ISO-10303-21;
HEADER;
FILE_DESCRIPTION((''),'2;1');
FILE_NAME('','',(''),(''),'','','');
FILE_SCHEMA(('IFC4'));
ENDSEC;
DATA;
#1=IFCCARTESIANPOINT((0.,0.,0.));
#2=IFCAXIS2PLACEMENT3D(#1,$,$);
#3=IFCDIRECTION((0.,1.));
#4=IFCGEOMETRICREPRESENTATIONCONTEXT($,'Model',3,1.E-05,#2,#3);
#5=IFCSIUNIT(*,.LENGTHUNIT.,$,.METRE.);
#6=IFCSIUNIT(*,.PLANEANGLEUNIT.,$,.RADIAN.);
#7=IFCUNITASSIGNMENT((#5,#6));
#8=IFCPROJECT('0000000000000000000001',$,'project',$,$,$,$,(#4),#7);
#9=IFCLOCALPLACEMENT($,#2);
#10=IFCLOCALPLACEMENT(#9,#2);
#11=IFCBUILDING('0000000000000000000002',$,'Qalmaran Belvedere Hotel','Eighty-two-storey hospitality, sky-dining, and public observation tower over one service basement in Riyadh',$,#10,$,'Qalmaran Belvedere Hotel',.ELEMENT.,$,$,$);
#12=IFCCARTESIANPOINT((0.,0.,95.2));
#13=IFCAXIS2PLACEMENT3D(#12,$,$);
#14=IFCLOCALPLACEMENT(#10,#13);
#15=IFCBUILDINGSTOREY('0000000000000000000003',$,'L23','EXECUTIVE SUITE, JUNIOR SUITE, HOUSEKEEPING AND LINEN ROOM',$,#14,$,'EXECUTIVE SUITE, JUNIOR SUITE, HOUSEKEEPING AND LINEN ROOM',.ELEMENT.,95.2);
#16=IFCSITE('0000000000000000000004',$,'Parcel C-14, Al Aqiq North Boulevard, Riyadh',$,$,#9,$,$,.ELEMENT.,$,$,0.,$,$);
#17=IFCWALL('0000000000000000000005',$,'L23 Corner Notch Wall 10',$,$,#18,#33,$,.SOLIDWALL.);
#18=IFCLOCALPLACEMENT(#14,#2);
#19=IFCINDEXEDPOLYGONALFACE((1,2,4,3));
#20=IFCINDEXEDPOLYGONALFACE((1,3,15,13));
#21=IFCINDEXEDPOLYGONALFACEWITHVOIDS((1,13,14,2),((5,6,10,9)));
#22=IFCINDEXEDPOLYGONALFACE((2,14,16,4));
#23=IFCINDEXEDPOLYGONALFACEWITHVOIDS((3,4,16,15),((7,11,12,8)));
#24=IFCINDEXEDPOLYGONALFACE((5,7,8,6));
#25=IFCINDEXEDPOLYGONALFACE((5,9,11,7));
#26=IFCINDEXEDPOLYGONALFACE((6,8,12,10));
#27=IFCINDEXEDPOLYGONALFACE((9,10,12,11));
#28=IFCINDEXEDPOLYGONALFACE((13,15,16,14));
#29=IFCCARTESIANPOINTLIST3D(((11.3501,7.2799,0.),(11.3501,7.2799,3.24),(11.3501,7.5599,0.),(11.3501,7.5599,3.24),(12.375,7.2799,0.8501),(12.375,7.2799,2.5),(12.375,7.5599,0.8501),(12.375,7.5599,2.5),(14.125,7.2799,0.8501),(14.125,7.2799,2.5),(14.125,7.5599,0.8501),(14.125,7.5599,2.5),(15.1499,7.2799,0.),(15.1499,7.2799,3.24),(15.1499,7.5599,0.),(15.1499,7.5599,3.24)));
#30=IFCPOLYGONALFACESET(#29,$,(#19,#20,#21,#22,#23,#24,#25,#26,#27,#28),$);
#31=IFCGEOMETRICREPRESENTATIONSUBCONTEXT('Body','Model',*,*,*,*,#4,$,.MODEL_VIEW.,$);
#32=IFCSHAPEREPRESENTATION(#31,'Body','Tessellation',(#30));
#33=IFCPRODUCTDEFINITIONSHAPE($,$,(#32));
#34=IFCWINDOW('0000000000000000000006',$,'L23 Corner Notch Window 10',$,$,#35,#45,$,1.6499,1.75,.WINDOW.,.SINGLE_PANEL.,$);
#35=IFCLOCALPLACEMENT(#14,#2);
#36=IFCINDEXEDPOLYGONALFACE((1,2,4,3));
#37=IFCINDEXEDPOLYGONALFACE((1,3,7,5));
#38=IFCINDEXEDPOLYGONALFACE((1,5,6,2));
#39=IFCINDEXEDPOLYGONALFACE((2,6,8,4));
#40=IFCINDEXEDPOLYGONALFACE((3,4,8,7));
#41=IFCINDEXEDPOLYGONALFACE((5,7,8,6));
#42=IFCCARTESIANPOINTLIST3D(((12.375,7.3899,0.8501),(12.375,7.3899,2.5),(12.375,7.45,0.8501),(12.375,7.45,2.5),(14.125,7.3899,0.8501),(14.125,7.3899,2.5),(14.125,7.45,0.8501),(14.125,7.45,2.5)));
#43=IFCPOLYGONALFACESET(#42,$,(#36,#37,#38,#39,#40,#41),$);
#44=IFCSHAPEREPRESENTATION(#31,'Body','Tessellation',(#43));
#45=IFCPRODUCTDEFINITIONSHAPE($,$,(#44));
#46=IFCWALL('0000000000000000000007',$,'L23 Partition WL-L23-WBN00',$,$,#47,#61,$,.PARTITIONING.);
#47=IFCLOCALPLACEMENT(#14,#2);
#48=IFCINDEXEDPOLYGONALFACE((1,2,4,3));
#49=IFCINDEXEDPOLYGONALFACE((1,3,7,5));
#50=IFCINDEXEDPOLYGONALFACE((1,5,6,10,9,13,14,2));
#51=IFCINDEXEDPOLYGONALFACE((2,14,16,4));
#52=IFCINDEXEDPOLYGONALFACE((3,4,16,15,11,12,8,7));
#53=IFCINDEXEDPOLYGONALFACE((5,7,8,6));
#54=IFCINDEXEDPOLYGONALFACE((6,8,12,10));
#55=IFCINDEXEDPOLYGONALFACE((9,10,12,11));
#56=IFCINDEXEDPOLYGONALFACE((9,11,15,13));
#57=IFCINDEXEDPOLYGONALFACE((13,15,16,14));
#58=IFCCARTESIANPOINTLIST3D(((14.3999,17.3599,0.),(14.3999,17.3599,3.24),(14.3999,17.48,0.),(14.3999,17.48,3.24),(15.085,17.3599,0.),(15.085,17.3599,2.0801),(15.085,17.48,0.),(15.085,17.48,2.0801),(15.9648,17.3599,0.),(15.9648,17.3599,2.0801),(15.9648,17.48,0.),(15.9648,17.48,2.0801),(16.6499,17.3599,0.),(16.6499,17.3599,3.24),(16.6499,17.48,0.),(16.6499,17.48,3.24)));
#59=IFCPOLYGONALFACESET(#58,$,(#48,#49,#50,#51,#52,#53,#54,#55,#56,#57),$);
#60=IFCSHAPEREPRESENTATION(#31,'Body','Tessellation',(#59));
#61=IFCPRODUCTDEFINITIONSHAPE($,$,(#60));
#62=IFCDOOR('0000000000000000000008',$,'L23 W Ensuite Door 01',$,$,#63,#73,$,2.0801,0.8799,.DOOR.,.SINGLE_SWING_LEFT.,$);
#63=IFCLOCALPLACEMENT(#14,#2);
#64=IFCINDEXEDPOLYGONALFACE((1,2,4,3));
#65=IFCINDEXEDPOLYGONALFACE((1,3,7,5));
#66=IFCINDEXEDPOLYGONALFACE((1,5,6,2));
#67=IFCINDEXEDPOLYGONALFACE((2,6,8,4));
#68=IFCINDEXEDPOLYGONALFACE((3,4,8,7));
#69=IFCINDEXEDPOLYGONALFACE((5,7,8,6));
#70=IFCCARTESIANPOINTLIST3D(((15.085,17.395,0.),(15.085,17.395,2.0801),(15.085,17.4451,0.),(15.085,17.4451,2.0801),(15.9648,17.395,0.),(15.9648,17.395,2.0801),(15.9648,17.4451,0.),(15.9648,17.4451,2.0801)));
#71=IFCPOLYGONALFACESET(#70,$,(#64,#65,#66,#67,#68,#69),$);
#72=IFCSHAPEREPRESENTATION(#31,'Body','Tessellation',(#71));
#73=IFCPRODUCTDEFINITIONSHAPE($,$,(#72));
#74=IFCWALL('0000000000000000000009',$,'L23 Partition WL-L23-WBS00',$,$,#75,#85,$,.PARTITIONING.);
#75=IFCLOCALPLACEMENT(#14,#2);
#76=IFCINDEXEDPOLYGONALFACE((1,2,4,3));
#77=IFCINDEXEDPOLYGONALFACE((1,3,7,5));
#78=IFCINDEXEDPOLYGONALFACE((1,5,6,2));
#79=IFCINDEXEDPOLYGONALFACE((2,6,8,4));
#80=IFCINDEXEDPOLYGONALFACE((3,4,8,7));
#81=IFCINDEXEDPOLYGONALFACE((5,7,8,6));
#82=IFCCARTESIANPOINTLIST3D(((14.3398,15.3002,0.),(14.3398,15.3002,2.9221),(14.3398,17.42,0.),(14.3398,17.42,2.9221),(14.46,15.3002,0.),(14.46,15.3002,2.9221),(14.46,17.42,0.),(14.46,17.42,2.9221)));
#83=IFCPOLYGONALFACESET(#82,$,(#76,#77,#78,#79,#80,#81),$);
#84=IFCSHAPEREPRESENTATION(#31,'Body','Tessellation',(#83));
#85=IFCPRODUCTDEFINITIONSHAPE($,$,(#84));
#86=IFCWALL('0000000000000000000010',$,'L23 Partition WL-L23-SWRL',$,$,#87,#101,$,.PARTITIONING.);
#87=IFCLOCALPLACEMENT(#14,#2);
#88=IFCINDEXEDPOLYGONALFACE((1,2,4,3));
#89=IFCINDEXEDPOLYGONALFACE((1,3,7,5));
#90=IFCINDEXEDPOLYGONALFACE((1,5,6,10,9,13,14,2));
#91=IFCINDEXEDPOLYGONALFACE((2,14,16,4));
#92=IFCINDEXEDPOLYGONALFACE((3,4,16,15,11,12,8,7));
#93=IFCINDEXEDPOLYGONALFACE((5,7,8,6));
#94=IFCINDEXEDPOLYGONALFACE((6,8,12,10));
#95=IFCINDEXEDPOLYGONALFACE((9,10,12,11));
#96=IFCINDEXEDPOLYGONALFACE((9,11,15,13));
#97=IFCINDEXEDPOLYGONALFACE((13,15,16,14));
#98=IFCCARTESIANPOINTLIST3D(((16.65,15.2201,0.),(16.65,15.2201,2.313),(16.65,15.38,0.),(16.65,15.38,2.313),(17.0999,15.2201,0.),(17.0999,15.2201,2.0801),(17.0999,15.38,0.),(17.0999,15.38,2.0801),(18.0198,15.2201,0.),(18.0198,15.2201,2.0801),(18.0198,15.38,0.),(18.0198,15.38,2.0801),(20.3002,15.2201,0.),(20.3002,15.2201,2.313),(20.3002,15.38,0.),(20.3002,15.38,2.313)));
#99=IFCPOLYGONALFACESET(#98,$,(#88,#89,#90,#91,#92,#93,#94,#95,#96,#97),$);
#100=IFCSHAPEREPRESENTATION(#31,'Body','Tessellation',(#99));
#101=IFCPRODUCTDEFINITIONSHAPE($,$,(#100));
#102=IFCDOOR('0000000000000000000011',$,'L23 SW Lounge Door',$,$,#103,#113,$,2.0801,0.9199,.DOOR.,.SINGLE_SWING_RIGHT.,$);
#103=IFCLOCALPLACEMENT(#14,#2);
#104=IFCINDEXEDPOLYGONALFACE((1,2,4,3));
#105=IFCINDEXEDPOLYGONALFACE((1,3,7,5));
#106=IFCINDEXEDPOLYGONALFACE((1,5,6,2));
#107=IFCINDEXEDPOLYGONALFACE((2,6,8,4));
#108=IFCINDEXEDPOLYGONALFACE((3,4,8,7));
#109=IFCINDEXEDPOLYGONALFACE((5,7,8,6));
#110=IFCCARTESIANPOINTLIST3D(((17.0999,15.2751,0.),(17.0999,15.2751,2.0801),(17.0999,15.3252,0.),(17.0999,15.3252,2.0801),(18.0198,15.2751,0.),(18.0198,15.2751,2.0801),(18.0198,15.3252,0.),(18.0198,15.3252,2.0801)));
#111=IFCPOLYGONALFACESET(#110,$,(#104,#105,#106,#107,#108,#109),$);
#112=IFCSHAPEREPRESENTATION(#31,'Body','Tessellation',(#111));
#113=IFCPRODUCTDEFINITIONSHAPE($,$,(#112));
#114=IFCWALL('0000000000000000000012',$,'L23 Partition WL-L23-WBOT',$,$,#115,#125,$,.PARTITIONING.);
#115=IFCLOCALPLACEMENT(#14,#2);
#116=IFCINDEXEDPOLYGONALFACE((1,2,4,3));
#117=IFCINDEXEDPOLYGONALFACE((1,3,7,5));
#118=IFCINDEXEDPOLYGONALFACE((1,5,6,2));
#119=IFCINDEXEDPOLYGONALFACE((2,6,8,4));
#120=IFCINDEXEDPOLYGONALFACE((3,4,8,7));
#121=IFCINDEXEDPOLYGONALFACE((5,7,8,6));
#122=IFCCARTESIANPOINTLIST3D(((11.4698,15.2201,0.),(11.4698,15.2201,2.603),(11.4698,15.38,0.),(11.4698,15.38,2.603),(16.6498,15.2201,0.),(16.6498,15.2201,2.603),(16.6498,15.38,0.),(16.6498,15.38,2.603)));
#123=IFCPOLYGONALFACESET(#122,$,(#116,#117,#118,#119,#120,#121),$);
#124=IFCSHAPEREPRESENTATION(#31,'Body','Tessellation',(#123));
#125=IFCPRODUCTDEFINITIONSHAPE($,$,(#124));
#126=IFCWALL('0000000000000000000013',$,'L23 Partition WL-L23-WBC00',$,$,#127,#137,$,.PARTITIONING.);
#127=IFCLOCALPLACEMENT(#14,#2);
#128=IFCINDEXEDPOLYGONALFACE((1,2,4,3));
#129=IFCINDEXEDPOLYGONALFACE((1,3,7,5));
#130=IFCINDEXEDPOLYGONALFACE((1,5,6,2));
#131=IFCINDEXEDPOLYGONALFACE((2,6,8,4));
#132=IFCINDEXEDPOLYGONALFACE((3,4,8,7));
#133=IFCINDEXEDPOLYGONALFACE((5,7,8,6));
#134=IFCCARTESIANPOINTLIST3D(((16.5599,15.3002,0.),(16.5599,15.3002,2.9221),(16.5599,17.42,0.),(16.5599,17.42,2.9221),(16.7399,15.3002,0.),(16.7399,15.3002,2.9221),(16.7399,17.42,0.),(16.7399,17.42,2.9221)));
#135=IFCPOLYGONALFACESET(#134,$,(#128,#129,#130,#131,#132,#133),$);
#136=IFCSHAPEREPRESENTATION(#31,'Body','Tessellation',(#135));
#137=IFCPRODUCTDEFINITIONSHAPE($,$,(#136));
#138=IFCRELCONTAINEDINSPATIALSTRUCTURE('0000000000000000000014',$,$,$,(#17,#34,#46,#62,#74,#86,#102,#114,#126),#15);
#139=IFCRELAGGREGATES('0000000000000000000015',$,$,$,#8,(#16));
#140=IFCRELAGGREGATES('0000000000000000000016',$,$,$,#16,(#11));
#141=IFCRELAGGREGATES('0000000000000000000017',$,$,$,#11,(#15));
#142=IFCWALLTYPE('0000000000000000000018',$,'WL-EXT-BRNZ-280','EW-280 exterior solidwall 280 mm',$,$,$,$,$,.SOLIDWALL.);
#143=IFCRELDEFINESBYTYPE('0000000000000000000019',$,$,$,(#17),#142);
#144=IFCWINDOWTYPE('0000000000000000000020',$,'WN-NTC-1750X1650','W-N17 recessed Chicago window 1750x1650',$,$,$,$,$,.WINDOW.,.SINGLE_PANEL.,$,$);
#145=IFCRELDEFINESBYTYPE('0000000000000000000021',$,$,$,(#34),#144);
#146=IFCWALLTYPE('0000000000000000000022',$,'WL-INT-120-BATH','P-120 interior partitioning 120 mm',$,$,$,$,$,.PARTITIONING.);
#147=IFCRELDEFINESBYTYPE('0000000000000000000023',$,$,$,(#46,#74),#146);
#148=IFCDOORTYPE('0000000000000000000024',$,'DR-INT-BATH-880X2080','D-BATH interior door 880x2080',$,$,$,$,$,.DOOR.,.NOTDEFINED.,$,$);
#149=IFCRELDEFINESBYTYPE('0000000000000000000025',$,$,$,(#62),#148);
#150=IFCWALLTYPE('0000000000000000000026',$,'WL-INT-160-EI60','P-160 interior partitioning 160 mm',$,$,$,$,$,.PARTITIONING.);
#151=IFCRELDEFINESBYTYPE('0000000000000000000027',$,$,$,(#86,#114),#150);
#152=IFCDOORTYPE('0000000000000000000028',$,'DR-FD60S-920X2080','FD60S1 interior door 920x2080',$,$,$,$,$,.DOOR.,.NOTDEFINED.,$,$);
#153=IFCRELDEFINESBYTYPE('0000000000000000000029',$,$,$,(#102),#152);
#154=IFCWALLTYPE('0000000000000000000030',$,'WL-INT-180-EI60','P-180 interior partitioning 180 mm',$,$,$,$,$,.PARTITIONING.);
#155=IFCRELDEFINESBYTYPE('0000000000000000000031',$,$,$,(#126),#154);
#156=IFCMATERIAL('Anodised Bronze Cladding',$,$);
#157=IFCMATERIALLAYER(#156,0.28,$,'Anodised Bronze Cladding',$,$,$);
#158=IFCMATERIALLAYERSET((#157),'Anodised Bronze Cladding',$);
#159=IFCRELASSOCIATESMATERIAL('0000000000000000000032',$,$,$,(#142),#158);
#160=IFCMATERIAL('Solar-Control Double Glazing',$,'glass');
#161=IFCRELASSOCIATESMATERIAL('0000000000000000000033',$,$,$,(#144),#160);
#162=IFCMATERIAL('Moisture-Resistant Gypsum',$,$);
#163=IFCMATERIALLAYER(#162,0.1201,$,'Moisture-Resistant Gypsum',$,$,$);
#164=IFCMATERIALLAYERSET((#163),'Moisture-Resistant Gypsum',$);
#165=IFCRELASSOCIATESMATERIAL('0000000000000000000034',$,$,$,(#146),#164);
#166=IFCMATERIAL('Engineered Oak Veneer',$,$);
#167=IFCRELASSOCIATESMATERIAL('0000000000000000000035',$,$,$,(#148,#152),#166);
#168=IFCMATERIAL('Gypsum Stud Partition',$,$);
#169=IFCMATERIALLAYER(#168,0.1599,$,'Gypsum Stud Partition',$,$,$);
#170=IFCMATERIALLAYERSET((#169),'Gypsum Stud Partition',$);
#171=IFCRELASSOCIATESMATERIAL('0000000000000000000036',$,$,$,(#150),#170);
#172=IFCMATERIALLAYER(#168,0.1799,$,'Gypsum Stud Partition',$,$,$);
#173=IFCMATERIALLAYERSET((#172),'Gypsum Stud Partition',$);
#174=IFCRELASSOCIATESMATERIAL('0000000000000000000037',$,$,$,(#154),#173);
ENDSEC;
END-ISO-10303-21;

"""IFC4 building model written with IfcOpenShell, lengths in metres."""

from ifc_helpers import new_model, si_unit, direction, frame, frame_2d, origin, place, context, subcontext, project, spatial, rectangle, extrude, material, layer, layer_set, type_object, element, fill, save


model = new_model("IFC4")

# Units and contexts
model_context = context("Model", 3, precision=1e-05, world=origin(), true_north=direction((0.0, 1.0)))
body_context = subcontext(model_context, "Body", "Model", "MODEL_VIEW")
ifc_project = project(units=[si_unit("LENGTHUNIT", "METRE"), si_unit("PLANEANGLEUNIT", "RADIAN")], contexts=[model_context])

# Site, building, storey
site_placement = place(None, origin())
site = spatial("IfcSite", under=ifc_project, at=site_placement, Name="Parcel C-14, Al Aqiq North Boulevard, Riyadh", CompositionType="ELEMENT", RefElevation=0.0)
building_placement = place(site_placement, origin())
building = spatial("IfcBuilding", under=site, at=building_placement, Name="Qalmaran Belvedere Hotel", Description="Eighty-two-storey hospitality, sky-dining, and public observation tower over one service basement in Riyadh", LongName="Qalmaran Belvedere Hotel", CompositionType="ELEMENT")
storey_placement = place(building_placement, frame((0.0, 0.0, 95.2)))
storey = spatial("IfcBuildingStorey", under=building, at=storey_placement, Name="L23", Description="EXECUTIVE SUITE, JUNIOR SUITE, HOUSEKEEPING AND LINEN ROOM", LongName="EXECUTIVE SUITE, JUNIOR SUITE, HOUSEKEEPING AND LINEN ROOM", CompositionType="ELEMENT", Elevation=95.2)

# Shared definitions
ifc_material_1 = material(Name="Solar-Control Double Glazing", Category="glass")

# Wall, opening, window
ifc_material_2 = material(Name="Anodised Bronze Cladding")
ifc_layer_1 = layer(ifc_material_2, 0.28, Name="Anodised Bronze Cladding")
ifc_layer_set_1 = layer_set([ifc_layer_1], Name="Anodised Bronze Cladding")
wall_type_1 = type_object("IfcWallType", Name="WL-EXT-BRNZ-280", Description="EW-280 exterior solidwall 280 mm", PredefinedType="SOLIDWALL", material=ifc_layer_set_1)
wall_1_placement = place(storey_placement, frame((11.3501, 7.4199, 0.0), z_axis=(0.0, 0.0, 1.0), x_axis=(1.0, 0.0, 0.0)))
wall_1 = element("IfcWall", 1, at=wall_1_placement, inside=storey, type_object=wall_type_1, Name="L23 Corner Notch Wall 10", PredefinedType="SOLIDWALL", context=body_context, shape_type="SweptSolid", body=[
    extrude(rectangle(XDim=3.7998, YDim=0.28, at=frame_2d((1.8999, 0.0))), origin(), (0.0, 0.0, 1.0), 3.24),
])
opening_1_placement = place(wall_1_placement, frame((1.0249, 0.0, 0.8501)))
opening_1 = element("IfcOpeningElement", 2, at=opening_1_placement, cuts=wall_1, PredefinedType="OPENING", context=body_context, shape_type="SweptSolid", body=[
    extrude(rectangle(XDim=1.75, YDim=1.6499, at=frame_2d((0.875, 0.825))), frame((0.0, 0.1499, 0.0), z_axis=(0.0, -1.0, 0.0), x_axis=(1.0, 0.0, 0.0)), (0.0, 0.0, 1.0), 0.3),
])
window_type = type_object("IfcWindowType", Name="WN-NTC-1750X1650", Description="W-N17 recessed Chicago window 1750x1650", PartitioningType="SINGLE_PANEL", PredefinedType="WINDOW", material=ifc_material_1)
window_placement = place(opening_1_placement, origin())
window = element("IfcWindow", 3, at=window_placement, inside=storey, type_object=window_type, Name="L23 Corner Notch Window 10", OverallHeight=1.6499, OverallWidth=1.75, PartitioningType="SINGLE_PANEL", PredefinedType="WINDOW", context=body_context, shape_type="SweptSolid", body=[
    extrude(rectangle(XDim=1.75, YDim=1.6499, at=frame_2d((0.875, 0.825))), frame((0.0, 0.03, 0.0), z_axis=(0.0, -1.0, 0.0), x_axis=(1.0, 0.0, 0.0)), (0.0, 0.0, 1.0), 0.0601),
])
fill(opening_1, window)

# Wall, opening, door
ifc_material_3 = material(Name="Moisture-Resistant Gypsum")
ifc_layer_2 = layer(ifc_material_3, 0.1201, Name="Moisture-Resistant Gypsum")
ifc_layer_set_2 = layer_set([ifc_layer_2], Name="Moisture-Resistant Gypsum")
wall_type_2 = type_object("IfcWallType", Name="WL-INT-120-BATH", Description="P-120 interior partitioning 120 mm", PredefinedType="PARTITIONING", material=ifc_layer_set_2)
wall_2_placement = place(storey_placement, frame((14.3999, 17.4199, 0.0), z_axis=(0.0, 0.0, 1.0), x_axis=(1.0, 0.0, 0.0)))
wall_2 = element("IfcWall", 4, at=wall_2_placement, inside=storey, type_object=wall_type_2, Name="L23 Partition WL-L23-WBN00", PredefinedType="PARTITIONING", context=body_context, shape_type="SweptSolid", body=[
    extrude(rectangle(XDim=2.25, YDim=0.1201, at=frame_2d((1.125, 0.0))), origin(), (0.0, 0.0, 1.0), 3.24),
])
opening_2_placement = place(wall_2_placement, frame((1.5649, 0.0, 0.0), z_axis=(0.0, 0.0, 1.0), x_axis=(-1.0, 0.0, 0.0)))
opening_2 = element("IfcOpeningElement", 5, at=opening_2_placement, cuts=wall_2, PredefinedType="OPENING", context=body_context, shape_type="SweptSolid", body=[
    extrude(rectangle(XDim=0.8799, YDim=2.0801, at=frame_2d((0.4399, 1.04))), frame((0.0, 0.0701, 0.0), z_axis=(0.0, -1.0, 0.0), x_axis=(1.0, 0.0, 0.0)), (0.0, 0.0, 1.0), 0.1401),
])
ifc_material_4 = material(Name="Engineered Oak Veneer")
door_type_1 = type_object("IfcDoorType", Name="DR-INT-BATH-880X2080", Description="D-BATH interior door 880x2080", OperationType="NOTDEFINED", PredefinedType="DOOR", material=ifc_material_4)
door_1_placement = place(opening_2_placement, origin())
door_1 = element("IfcDoor", 6, at=door_1_placement, inside=storey, type_object=door_type_1, Name="L23 W Ensuite Door 01", OperationType="SINGLE_SWING_LEFT", OverallHeight=2.0801, OverallWidth=0.8799, PredefinedType="DOOR", context=body_context, shape_type="SweptSolid", body=[
    extrude(rectangle(XDim=0.8799, YDim=2.0801, at=frame_2d((0.4399, 1.04))), frame((0.0, 0.0249, 0.0), z_axis=(0.0, -1.0, 0.0), x_axis=(1.0, 0.0, 0.0)), (0.0, 0.0, 1.0), 0.05),
])
fill(opening_2, door_1)

# Wall
wall_3_placement = place(storey_placement, frame((14.3999, 15.3, 0.0), z_axis=(0.0, 0.0, 1.0), x_axis=(0.0, 1.0, 0.0)))
element("IfcWall", 7, at=wall_3_placement, inside=storey, type_object=wall_type_2, Name="L23 Partition WL-L23-WBS00", PredefinedType="PARTITIONING", context=body_context, shape_type="SweptSolid", body=[
    extrude(rectangle(XDim=2.1199, YDim=0.1201, at=frame_2d((1.0601, 0.0))), origin(), (0.0, 0.0, 1.0), 2.9221),
])

# Wall, opening, door
ifc_material_5 = material(Name="Gypsum Stud Partition")
ifc_layer_3 = layer(ifc_material_5, 0.1599, Name="Gypsum Stud Partition")
ifc_layer_set_3 = layer_set([ifc_layer_3], Name="Gypsum Stud Partition")
wall_type_3 = type_object("IfcWallType", Name="WL-INT-160-EI60", Description="P-160 interior partitioning 160 mm", PredefinedType="PARTITIONING", material=ifc_layer_set_3)
wall_4_placement = place(storey_placement, frame((16.6499, 15.3, 0.0), z_axis=(0.0, 0.0, 1.0), x_axis=(1.0, 0.0, 0.0)))
wall_4 = element("IfcWall", 8, at=wall_4_placement, inside=storey, type_object=wall_type_3, Name="L23 Partition WL-L23-SWRL", PredefinedType="PARTITIONING", context=body_context, shape_type="SweptSolid", body=[
    extrude(rectangle(XDim=3.6501, YDim=0.1599, at=frame_2d((1.8252, 0.0))), origin(), (0.0, 0.0, 1.0), 2.313),
])
opening_3_placement = place(wall_4_placement, frame((1.3699, 0.0, 0.0), z_axis=(0.0, 0.0, 1.0), x_axis=(-1.0, 0.0, 0.0)))
opening_3 = element("IfcOpeningElement", 9, at=opening_3_placement, cuts=wall_4, PredefinedType="OPENING", context=body_context, shape_type="SweptSolid", body=[
    extrude(rectangle(XDim=0.9199, YDim=2.0801, at=frame_2d((0.46, 1.04))), frame((0.0, 0.0898, 0.0), z_axis=(0.0, -1.0, 0.0), x_axis=(1.0, 0.0, 0.0)), (0.0, 0.0, 1.0), 0.1799),
])
door_type_2 = type_object("IfcDoorType", Name="DR-FD60S-920X2080", Description="FD60S1 interior door 920x2080", OperationType="NOTDEFINED", PredefinedType="DOOR", material=ifc_material_4)
door_2_placement = place(opening_3_placement, origin())
door_2 = element("IfcDoor", 10, at=door_2_placement, inside=storey, type_object=door_type_2, Name="L23 SW Lounge Door", OperationType="SINGLE_SWING_RIGHT", OverallHeight=2.0801, OverallWidth=0.9199, PredefinedType="DOOR", context=body_context, shape_type="SweptSolid", body=[
    extrude(rectangle(XDim=0.9199, YDim=2.0801, at=frame_2d((0.46, 1.04))), frame((0.0, 0.0249, 0.0), z_axis=(0.0, -1.0, 0.0), x_axis=(1.0, 0.0, 0.0)), (0.0, 0.0, 1.0), 0.05),
])
fill(opening_3, door_2)

# Walls
wall_5_placement = place(storey_placement, frame((11.47, 15.3, 0.0), z_axis=(0.0, 0.0, 1.0), x_axis=(1.0, 0.0, 0.0)))
element("IfcWall", 11, at=wall_5_placement, inside=storey, type_object=wall_type_3, Name="L23 Partition WL-L23-WBOT", PredefinedType="PARTITIONING", context=body_context, shape_type="SweptSolid", body=[
    extrude(rectangle(XDim=5.1799, YDim=0.1599, at=frame_2d((2.5898, 0.0))), origin(), (0.0, 0.0, 1.0), 2.603),
])
ifc_layer_4 = layer(ifc_material_5, 0.1799, Name="Gypsum Stud Partition")
ifc_layer_set_4 = layer_set([ifc_layer_4], Name="Gypsum Stud Partition")
wall_type_4 = type_object("IfcWallType", Name="WL-INT-180-EI60", Description="P-180 interior partitioning 180 mm", PredefinedType="PARTITIONING", material=ifc_layer_set_4)
wall_6_placement = place(storey_placement, frame((16.6499, 15.3, 0.0), z_axis=(0.0, 0.0, 1.0), x_axis=(0.0, 1.0, 0.0)))
element("IfcWall", 12, at=wall_6_placement, inside=storey, type_object=wall_type_4, Name="L23 Partition WL-L23-WBC00", PredefinedType="PARTITIONING", context=body_context, shape_type="SweptSolid", body=[
    extrude(rectangle(XDim=2.1199, YDim=0.1799, at=frame_2d((1.0601, 0.0))), origin(), (0.0, 0.0, 1.0), 2.9221),
])

save(model, "model.ifc")
